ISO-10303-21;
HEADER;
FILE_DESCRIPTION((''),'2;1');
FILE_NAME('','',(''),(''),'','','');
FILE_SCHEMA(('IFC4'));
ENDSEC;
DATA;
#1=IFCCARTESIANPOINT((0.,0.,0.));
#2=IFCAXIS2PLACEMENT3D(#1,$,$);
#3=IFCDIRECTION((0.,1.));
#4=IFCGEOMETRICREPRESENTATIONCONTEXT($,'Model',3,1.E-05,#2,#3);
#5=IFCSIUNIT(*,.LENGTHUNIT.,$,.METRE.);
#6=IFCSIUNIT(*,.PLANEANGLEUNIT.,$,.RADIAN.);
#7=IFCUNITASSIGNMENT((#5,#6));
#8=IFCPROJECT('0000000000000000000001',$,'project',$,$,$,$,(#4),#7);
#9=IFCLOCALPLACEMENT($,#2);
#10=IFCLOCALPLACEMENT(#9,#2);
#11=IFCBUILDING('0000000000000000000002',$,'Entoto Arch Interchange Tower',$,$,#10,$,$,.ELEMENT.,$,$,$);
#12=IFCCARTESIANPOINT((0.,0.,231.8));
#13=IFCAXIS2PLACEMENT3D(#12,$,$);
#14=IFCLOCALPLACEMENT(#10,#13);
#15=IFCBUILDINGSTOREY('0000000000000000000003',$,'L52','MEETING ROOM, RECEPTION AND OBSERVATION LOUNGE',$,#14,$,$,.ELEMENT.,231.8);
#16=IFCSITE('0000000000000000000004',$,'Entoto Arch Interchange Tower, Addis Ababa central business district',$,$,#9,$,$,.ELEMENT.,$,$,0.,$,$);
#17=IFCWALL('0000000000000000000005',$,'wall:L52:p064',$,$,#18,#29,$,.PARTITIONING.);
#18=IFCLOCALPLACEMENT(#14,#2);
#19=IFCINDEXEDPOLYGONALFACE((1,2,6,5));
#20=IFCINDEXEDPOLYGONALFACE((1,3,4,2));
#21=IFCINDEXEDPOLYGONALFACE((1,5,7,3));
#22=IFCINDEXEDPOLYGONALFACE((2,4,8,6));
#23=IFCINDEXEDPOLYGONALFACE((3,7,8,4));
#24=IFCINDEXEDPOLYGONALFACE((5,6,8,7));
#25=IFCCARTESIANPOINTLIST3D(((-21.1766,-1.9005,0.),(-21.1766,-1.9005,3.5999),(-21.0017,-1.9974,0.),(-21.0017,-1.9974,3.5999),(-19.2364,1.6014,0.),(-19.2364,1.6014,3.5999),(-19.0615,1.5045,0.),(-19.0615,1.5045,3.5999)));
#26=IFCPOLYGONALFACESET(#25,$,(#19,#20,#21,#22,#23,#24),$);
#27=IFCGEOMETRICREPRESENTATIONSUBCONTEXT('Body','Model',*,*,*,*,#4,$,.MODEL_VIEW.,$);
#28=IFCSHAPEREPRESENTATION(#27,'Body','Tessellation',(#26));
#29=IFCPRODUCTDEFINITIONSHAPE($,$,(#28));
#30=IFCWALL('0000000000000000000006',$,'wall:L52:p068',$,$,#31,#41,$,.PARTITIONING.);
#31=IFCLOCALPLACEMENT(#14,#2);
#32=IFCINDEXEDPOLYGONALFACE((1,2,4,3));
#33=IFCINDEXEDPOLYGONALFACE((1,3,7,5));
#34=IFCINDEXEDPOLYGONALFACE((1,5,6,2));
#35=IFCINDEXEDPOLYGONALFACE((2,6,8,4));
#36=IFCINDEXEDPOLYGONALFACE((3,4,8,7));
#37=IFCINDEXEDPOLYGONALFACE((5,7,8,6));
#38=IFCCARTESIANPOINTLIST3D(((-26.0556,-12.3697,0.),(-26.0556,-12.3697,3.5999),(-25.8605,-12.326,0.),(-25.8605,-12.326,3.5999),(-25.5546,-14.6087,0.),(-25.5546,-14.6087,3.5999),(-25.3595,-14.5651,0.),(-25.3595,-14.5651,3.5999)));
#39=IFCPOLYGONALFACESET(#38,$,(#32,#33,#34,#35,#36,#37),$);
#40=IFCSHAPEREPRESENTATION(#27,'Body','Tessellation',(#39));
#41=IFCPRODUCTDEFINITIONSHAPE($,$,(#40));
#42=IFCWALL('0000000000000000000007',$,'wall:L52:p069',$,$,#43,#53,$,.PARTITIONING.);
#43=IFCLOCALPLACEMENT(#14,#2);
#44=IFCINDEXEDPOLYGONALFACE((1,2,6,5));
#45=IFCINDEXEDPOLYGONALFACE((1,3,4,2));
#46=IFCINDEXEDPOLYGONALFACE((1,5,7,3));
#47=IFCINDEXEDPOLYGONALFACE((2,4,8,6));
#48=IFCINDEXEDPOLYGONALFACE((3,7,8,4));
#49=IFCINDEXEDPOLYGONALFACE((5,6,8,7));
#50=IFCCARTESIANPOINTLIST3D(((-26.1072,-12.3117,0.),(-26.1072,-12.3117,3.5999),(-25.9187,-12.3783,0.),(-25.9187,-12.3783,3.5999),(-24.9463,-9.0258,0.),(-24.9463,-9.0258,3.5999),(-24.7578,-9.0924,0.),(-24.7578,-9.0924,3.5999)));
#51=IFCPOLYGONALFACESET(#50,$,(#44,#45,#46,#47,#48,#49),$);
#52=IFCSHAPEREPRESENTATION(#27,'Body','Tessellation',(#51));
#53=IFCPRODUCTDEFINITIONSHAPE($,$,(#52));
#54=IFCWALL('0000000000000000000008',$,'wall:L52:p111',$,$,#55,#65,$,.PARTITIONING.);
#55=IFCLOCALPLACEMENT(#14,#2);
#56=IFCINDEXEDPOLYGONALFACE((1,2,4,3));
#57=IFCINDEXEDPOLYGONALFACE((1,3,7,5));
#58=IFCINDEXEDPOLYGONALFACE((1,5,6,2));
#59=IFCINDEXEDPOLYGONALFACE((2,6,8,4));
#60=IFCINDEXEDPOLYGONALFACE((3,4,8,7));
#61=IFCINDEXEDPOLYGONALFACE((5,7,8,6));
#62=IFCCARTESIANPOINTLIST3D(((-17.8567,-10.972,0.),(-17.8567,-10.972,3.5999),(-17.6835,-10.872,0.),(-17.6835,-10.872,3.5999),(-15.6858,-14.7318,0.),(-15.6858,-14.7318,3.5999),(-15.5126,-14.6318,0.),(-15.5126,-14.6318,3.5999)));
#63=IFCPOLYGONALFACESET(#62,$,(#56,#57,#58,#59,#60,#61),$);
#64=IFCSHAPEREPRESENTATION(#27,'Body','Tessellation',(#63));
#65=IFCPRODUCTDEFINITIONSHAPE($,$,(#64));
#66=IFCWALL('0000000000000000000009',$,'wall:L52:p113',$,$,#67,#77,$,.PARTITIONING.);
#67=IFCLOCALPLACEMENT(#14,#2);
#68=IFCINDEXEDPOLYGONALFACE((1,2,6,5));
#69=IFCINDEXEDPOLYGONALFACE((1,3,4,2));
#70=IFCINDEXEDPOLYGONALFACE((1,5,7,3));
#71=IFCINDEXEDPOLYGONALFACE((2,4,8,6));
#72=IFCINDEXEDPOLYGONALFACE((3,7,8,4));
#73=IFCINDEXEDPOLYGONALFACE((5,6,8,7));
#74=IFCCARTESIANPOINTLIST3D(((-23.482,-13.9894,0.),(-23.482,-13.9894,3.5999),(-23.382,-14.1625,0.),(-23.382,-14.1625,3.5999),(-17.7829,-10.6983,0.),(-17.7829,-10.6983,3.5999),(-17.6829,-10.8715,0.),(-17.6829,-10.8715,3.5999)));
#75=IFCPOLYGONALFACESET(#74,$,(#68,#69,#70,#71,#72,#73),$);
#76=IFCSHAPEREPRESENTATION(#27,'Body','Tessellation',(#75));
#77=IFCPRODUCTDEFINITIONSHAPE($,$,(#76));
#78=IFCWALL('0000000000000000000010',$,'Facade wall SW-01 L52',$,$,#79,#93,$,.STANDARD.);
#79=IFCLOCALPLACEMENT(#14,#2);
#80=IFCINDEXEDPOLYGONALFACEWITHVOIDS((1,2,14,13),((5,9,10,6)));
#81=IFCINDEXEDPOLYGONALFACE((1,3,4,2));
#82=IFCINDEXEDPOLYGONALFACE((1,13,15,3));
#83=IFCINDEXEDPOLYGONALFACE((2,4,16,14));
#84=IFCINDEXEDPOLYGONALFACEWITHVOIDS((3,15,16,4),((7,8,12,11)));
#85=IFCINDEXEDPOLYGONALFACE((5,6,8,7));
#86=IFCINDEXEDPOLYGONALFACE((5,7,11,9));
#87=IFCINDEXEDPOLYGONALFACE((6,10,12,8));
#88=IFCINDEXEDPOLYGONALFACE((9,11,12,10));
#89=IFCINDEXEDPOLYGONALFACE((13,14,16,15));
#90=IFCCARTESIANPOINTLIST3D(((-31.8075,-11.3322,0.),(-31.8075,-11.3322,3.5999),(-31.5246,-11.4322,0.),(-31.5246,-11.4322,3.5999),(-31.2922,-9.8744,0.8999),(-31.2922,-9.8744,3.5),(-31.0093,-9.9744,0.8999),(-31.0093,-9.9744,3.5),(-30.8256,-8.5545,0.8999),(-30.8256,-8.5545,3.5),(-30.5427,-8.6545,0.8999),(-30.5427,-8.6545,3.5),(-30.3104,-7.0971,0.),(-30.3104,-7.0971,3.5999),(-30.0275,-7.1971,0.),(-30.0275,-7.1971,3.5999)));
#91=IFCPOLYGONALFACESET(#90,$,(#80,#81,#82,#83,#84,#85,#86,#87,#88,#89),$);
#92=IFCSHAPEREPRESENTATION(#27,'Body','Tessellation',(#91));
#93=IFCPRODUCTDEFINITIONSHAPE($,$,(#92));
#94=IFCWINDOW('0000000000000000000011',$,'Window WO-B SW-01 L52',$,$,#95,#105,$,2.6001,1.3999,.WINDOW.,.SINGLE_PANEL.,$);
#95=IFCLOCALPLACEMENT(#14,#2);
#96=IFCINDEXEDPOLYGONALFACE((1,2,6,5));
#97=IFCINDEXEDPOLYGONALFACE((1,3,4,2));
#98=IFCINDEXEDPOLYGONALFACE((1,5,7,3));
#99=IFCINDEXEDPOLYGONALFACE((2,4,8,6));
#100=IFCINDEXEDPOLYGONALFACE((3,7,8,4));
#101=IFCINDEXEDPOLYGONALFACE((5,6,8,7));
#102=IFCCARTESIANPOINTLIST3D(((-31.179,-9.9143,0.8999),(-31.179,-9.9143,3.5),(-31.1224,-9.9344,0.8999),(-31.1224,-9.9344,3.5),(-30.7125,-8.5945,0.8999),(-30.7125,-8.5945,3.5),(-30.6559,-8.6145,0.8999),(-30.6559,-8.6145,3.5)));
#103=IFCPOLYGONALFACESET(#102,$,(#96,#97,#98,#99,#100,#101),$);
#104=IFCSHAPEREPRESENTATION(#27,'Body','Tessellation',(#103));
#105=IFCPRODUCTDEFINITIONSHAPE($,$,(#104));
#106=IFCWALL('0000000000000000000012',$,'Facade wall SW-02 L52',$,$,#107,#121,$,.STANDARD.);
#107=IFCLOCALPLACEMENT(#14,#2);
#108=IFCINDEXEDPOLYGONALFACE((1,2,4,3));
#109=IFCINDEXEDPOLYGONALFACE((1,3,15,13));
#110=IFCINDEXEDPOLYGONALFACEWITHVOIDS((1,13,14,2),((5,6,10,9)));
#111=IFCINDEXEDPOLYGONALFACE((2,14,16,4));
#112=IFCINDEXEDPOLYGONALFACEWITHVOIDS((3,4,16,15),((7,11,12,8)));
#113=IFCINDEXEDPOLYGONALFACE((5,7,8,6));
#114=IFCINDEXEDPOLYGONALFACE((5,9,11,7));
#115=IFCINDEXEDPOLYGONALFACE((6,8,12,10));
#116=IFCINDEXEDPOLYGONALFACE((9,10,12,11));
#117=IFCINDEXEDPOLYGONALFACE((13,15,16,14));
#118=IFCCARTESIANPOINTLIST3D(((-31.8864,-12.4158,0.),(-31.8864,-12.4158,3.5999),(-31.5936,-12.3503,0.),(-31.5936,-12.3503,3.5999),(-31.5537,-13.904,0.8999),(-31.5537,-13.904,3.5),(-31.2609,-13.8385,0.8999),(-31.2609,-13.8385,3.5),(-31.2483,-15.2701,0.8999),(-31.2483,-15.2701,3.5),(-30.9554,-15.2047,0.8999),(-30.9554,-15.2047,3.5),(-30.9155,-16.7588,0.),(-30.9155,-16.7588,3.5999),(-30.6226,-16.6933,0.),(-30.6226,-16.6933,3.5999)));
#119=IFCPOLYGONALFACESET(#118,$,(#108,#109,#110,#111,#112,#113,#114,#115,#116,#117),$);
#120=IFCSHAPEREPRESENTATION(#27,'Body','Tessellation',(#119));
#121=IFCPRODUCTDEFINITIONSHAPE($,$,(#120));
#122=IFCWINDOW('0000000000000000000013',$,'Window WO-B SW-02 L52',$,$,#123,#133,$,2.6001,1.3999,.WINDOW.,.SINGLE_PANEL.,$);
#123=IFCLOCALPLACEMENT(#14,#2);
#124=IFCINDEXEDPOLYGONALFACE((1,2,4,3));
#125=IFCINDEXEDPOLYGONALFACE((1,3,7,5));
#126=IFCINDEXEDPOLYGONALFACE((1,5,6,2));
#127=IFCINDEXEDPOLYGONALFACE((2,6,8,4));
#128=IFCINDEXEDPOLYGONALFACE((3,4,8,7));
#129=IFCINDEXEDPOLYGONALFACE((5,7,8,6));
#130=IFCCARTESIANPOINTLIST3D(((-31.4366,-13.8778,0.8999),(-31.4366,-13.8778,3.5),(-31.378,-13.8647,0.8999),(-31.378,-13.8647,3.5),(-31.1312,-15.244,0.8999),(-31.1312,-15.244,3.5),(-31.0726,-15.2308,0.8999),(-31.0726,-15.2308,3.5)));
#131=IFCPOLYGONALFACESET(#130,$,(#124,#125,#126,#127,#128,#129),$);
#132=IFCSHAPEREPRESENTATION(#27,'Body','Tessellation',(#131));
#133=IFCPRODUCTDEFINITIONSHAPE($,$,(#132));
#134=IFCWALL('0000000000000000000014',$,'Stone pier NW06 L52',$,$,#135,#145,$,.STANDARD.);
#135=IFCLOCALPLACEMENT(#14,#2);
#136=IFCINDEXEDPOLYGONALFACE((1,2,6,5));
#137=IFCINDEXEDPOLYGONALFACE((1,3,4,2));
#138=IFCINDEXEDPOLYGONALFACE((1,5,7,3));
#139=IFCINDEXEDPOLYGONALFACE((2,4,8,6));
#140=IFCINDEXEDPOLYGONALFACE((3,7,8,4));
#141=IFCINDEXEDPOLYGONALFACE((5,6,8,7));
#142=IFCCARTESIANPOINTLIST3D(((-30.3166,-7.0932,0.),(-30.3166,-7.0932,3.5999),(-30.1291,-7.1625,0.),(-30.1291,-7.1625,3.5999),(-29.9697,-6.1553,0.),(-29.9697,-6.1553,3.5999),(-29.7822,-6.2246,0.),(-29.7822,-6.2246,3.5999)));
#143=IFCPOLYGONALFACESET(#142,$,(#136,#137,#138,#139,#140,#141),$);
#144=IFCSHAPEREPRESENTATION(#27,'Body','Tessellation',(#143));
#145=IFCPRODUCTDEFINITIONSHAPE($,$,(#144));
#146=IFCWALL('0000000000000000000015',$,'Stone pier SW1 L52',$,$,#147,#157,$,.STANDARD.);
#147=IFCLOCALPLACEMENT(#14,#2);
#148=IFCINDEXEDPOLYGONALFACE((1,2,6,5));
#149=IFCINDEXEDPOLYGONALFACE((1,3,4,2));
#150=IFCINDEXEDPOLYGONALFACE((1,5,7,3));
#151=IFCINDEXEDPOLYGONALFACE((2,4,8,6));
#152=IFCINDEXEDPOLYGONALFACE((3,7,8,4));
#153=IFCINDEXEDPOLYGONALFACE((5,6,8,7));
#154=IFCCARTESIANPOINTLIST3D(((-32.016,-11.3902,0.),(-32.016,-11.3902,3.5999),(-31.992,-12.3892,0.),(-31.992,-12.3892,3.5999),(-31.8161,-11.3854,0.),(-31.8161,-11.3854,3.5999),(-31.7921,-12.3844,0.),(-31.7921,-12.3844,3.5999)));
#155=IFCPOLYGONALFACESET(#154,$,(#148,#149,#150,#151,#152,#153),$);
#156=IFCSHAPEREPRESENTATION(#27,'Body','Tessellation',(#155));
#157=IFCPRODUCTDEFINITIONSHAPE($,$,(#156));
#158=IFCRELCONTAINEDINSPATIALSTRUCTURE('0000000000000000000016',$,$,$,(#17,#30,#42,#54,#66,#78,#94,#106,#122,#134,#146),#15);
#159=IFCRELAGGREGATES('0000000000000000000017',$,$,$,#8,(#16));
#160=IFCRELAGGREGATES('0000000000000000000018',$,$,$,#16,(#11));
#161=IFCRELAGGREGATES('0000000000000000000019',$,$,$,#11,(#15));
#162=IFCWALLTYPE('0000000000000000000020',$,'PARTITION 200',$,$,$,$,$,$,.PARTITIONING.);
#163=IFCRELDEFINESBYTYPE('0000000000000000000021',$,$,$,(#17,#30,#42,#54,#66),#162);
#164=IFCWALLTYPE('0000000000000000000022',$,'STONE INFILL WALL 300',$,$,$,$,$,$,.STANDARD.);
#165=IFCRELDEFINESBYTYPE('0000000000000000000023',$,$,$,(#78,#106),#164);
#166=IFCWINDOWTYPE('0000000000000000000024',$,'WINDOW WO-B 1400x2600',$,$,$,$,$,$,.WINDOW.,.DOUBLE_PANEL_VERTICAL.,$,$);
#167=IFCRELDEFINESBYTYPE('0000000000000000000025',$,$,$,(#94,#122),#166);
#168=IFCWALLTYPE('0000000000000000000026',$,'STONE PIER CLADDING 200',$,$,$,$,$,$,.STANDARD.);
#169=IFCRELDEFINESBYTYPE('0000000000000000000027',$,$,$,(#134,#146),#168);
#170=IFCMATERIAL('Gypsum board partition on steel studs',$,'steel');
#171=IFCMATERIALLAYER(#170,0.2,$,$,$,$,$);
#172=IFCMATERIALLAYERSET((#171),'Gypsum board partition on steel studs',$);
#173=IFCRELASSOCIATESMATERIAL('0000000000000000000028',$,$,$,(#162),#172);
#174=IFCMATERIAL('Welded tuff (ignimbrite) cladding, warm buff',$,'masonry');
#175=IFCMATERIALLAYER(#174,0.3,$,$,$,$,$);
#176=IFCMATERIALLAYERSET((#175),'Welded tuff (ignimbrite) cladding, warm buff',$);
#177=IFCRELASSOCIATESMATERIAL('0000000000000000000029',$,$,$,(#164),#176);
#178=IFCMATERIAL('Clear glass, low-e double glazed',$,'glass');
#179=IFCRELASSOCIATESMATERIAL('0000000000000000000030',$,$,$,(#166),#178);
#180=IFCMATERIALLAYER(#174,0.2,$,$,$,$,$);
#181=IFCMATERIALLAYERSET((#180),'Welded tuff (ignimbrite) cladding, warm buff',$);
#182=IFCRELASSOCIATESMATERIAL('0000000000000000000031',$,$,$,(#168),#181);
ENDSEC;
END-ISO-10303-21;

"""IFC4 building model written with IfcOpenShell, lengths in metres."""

from ifc_helpers import new_model, si_unit, direction, frame, frame_2d, origin, place, context, subcontext, project, spatial, rectangle, extrude, material, layer, layer_set, type_object, element, fill, save


model = new_model("IFC4")

# Units and contexts
model_context = context("Model", 3, precision=1e-05, world=origin(), true_north=direction((0.0, 1.0)))
body_context = subcontext(model_context, "Body", "Model", "MODEL_VIEW")
ifc_project = project(units=[si_unit("LENGTHUNIT", "METRE"), si_unit("PLANEANGLEUNIT", "RADIAN")], contexts=[model_context])

# Site, building, storey
site_placement = place(None, origin())
site = spatial("IfcSite", under=ifc_project, at=site_placement, Name="Entoto Arch Interchange Tower, Addis Ababa central business district", CompositionType="ELEMENT", RefElevation=0.0)
building_placement = place(site_placement, origin())
building = spatial("IfcBuilding", under=site, at=building_placement, Name="Entoto Arch Interchange Tower", CompositionType="ELEMENT")
storey_placement = place(building_placement, frame((0.0, 0.0, 231.8)))
storey = spatial("IfcBuildingStorey", under=building, at=storey_placement, Name="L52", Description="MEETING ROOM, RECEPTION AND OBSERVATION LOUNGE", CompositionType="ELEMENT", Elevation=231.8)

# Shared definitions
ifc_material_1 = material(Name="Gypsum board partition on steel studs", Category="steel")
ifc_layer_1 = layer(ifc_material_1, 0.2)
ifc_layer_set_1 = layer_set([ifc_layer_1], Name="Gypsum board partition on steel studs")
wall_type_1 = type_object("IfcWallType", Name="PARTITION 200", PredefinedType="PARTITIONING", material=ifc_layer_set_1)

# Walls
wall_1_placement = place(storey_placement, frame((-21.0891, -1.949, 0.0), z_axis=(0.0, 0.0, 1.0), x_axis=(0.484623, 0.874723, 0.0)))
element("IfcWall", 1, at=wall_1_placement, inside=storey, type_object=wall_type_1, Name="wall:L52:p064", PredefinedType="PARTITIONING", context=body_context, shape_type="SweptSolid", body=[
    extrude(rectangle(XDim=4.0034, YDim=0.2, at=frame_2d((2.0017, 0.0))), origin(), (0.0, 0.0, 1.0), 3.5999),
])
wall_2_placement = place(storey_placement, frame((-25.457, -14.5869, 0.0), z_axis=(0.0, 0.0, 1.0), x_axis=(-0.21835, 0.975871, 0.0)))
element("IfcWall", 2, at=wall_2_placement, inside=storey, type_object=wall_type_1, Name="wall:L52:p068", PredefinedType="PARTITIONING", context=body_context, shape_type="SweptSolid", body=[
    extrude(rectangle(XDim=2.2944, YDim=0.2, at=frame_2d((1.1472, 0.0))), origin(), (0.0, 0.0, 1.0), 3.5999),
])
wall_3_placement = place(storey_placement, frame((-26.0129, -12.345, 0.0), z_axis=(0.0, 0.0, 1.0), x_axis=(0.333117, 0.942886, 0.0)))
element("IfcWall", 3, at=wall_3_placement, inside=storey, type_object=wall_type_1, Name="wall:L52:p069", PredefinedType="PARTITIONING", context=body_context, shape_type="SweptSolid", body=[
    extrude(rectangle(XDim=3.4849, YDim=0.2, at=frame_2d((1.7424, 0.0))), origin(), (0.0, 0.0, 1.0), 3.5999),
])
wall_4_placement = place(storey_placement, frame((-15.5991, -14.6819, 0.0), z_axis=(0.0, 0.0, 1.0), x_axis=(-0.500034, 0.866006, 0.0)))
element("IfcWall", 4, at=wall_4_placement, inside=storey, type_object=wall_type_1, Name="wall:L52:p111", PredefinedType="PARTITIONING", context=body_context, shape_type="SweptSolid", body=[
    extrude(rectangle(XDim=4.3416, YDim=0.2, at=frame_2d((2.1709, 0.0))), origin(), (0.0, 0.0, 1.0), 3.5999),
])
wall_5_placement = place(storey_placement, frame((-17.7329, -10.7849, 0.0), z_axis=(0.0, 0.0, 1.0), x_axis=(-0.865979, -0.500081, 0.0)))
element("IfcWall", 5, at=wall_5_placement, inside=storey, type_object=wall_type_1, Name="wall:L52:p113", PredefinedType="PARTITIONING", context=body_context, shape_type="SweptSolid", body=[
    extrude(rectangle(XDim=6.5811, YDim=0.2, at=frame_2d((3.2905, 0.0))), origin(), (0.0, 0.0, 1.0), 3.5999),
])

# Walls, openings, windows
ifc_material_2 = material(Name="Welded tuff (ignimbrite) cladding, warm buff", Category="masonry")
ifc_layer_2 = layer(ifc_material_2, 0.3)
ifc_layer_set_2 = layer_set([ifc_layer_2], Name="Welded tuff (ignimbrite) cladding, warm buff")
wall_type_2 = type_object("IfcWallType", Name="STONE INFILL WALL 300", PredefinedType="STANDARD", material=ifc_layer_set_2)
wall_6_placement = place(storey_placement, frame((-30.1689, -7.147, 0.0), z_axis=(0.0, 0.0, 1.0), x_axis=(-0.333281, -0.942828, 0.0)))
wall_6 = element("IfcWall", 6, at=wall_6_placement, inside=storey, type_object=wall_type_2, Name="Facade wall SW-01 L52", PredefinedType="STANDARD", context=body_context, shape_type="SweptSolid", body=[
    extrude(rectangle(XDim=4.4919, YDim=0.3, at=frame_2d((2.2461, 0.0))), origin(), (0.0, 0.0, 1.0), 3.5999),
])
opening_1_placement = place(wall_6_placement, frame((1.5459, 0.0, 0.8999)))
opening_1 = element("IfcOpeningElement", 7, at=opening_1_placement, cuts=wall_6, PredefinedType="OPENING", context=body_context, shape_type="SweptSolid", body=[
    extrude(rectangle(XDim=1.3999, YDim=2.6001, at=frame_2d((0.7, 1.3))), frame((0.0, 0.1602, 0.0), z_axis=(0.0, -1.0, 0.0), x_axis=(1.0, 0.0, 0.0)), (0.0, 0.0, 1.0), 0.3201),
])
ifc_material_3 = material(Name="Clear glass, low-e double glazed", Category="glass")
window_type = type_object("IfcWindowType", Name="WINDOW WO-B 1400x2600", PartitioningType="DOUBLE_PANEL_VERTICAL", PredefinedType="WINDOW", material=ifc_material_3)
window_1_placement = place(opening_1_placement, origin())
window_1 = element("IfcWindow", 8, at=window_1_placement, inside=storey, type_object=window_type, Name="Window WO-B SW-01 L52", OverallHeight=2.6001, OverallWidth=1.3999, PartitioningType="SINGLE_PANEL", PredefinedType="WINDOW", context=body_context, shape_type="SweptSolid", body=[
    extrude(rectangle(XDim=1.3999, YDim=2.6001, at=frame_2d((0.7, 1.3))), frame((0.0, 0.03, 0.0), z_axis=(0.0, -1.0, 0.0), x_axis=(1.0, 0.0, 0.0)), (0.0, 0.0, 1.0), 0.0601),
])
fill(opening_1, window_1)
wall_7_placement = place(storey_placement, frame((-31.74, -12.3831, 0.0), z_axis=(0.0, 0.0, 1.0), x_axis=(0.218179, -0.975909, 0.0)))
wall_7 = element("IfcWall", 9, at=wall_7_placement, inside=storey, type_object=wall_type_2, Name="Facade wall SW-02 L52", PredefinedType="STANDARD", context=body_context, shape_type="SweptSolid", body=[
    extrude(rectangle(XDim=4.4502, YDim=0.3, at=frame_2d((2.2251, 0.0))), origin(), (0.0, 0.0, 1.0), 3.5999),
])
opening_2_placement = place(wall_7_placement, frame((1.5249, 0.0, 0.8999)))
opening_2 = element("IfcOpeningElement", 10, at=opening_2_placement, cuts=wall_7, PredefinedType="OPENING", context=body_context, shape_type="SweptSolid", body=[
    extrude(rectangle(XDim=1.3999, YDim=2.6001, at=frame_2d((0.7, 1.3))), frame((0.0, 0.1602, 0.0), z_axis=(0.0, -1.0, 0.0), x_axis=(1.0, 0.0, 0.0)), (0.0, 0.0, 1.0), 0.3201),
])
window_2_placement = place(opening_2_placement, origin())
window_2 = element("IfcWindow", 11, at=window_2_placement, inside=storey, type_object=window_type, Name="Window WO-B SW-02 L52", OverallHeight=2.6001, OverallWidth=1.3999, PartitioningType="SINGLE_PANEL", PredefinedType="WINDOW", context=body_context, shape_type="SweptSolid", body=[
    extrude(rectangle(XDim=1.3999, YDim=2.6001, at=frame_2d((0.7, 1.3))), frame((0.0, 0.03, 0.0), z_axis=(0.0, -1.0, 0.0), x_axis=(1.0, 0.0, 0.0)), (0.0, 0.0, 1.0), 0.0601),
])
fill(opening_2, window_2)

# Walls
ifc_layer_3 = layer(ifc_material_2, 0.2)
ifc_layer_set_3 = layer_set([ifc_layer_3], Name="Welded tuff (ignimbrite) cladding, warm buff")
wall_type_3 = type_object("IfcWallType", Name="STONE PIER CLADDING 200", PredefinedType="STANDARD", material=ifc_layer_set_3)
wall_8_placement = place(storey_placement, frame((-29.876, -6.1899, 0.0), z_axis=(0.0, 0.0, 1.0), x_axis=(-0.346893, -0.937905, 0.0)))
element("IfcWall", 12, at=wall_8_placement, inside=storey, type_object=wall_type_3, Name="Stone pier NW06 L52", PredefinedType="STANDARD", context=body_context, shape_type="SweptSolid", body=[
    extrude(rectangle(XDim=1.0, YDim=0.2, at=frame_2d((0.5, 0.0))), origin(), (0.0, 0.0, 1.0), 3.5999),
])
wall_9_placement = place(storey_placement, frame((-31.916, -11.3879, 0.0), z_axis=(0.0, 0.0, 1.0), x_axis=(0.023942, -0.999713, 0.0)))
element("IfcWall", 13, at=wall_9_placement, inside=storey, type_object=wall_type_3, Name="Stone pier SW1 L52", PredefinedType="STANDARD", context=body_context, shape_type="SweptSolid", body=[
    extrude(rectangle(XDim=0.9993, YDim=0.2, at=frame_2d((0.4995, 0.0))), origin(), (0.0, 0.0, 1.0), 3.5999),
])

save(model, "model.ifc")
